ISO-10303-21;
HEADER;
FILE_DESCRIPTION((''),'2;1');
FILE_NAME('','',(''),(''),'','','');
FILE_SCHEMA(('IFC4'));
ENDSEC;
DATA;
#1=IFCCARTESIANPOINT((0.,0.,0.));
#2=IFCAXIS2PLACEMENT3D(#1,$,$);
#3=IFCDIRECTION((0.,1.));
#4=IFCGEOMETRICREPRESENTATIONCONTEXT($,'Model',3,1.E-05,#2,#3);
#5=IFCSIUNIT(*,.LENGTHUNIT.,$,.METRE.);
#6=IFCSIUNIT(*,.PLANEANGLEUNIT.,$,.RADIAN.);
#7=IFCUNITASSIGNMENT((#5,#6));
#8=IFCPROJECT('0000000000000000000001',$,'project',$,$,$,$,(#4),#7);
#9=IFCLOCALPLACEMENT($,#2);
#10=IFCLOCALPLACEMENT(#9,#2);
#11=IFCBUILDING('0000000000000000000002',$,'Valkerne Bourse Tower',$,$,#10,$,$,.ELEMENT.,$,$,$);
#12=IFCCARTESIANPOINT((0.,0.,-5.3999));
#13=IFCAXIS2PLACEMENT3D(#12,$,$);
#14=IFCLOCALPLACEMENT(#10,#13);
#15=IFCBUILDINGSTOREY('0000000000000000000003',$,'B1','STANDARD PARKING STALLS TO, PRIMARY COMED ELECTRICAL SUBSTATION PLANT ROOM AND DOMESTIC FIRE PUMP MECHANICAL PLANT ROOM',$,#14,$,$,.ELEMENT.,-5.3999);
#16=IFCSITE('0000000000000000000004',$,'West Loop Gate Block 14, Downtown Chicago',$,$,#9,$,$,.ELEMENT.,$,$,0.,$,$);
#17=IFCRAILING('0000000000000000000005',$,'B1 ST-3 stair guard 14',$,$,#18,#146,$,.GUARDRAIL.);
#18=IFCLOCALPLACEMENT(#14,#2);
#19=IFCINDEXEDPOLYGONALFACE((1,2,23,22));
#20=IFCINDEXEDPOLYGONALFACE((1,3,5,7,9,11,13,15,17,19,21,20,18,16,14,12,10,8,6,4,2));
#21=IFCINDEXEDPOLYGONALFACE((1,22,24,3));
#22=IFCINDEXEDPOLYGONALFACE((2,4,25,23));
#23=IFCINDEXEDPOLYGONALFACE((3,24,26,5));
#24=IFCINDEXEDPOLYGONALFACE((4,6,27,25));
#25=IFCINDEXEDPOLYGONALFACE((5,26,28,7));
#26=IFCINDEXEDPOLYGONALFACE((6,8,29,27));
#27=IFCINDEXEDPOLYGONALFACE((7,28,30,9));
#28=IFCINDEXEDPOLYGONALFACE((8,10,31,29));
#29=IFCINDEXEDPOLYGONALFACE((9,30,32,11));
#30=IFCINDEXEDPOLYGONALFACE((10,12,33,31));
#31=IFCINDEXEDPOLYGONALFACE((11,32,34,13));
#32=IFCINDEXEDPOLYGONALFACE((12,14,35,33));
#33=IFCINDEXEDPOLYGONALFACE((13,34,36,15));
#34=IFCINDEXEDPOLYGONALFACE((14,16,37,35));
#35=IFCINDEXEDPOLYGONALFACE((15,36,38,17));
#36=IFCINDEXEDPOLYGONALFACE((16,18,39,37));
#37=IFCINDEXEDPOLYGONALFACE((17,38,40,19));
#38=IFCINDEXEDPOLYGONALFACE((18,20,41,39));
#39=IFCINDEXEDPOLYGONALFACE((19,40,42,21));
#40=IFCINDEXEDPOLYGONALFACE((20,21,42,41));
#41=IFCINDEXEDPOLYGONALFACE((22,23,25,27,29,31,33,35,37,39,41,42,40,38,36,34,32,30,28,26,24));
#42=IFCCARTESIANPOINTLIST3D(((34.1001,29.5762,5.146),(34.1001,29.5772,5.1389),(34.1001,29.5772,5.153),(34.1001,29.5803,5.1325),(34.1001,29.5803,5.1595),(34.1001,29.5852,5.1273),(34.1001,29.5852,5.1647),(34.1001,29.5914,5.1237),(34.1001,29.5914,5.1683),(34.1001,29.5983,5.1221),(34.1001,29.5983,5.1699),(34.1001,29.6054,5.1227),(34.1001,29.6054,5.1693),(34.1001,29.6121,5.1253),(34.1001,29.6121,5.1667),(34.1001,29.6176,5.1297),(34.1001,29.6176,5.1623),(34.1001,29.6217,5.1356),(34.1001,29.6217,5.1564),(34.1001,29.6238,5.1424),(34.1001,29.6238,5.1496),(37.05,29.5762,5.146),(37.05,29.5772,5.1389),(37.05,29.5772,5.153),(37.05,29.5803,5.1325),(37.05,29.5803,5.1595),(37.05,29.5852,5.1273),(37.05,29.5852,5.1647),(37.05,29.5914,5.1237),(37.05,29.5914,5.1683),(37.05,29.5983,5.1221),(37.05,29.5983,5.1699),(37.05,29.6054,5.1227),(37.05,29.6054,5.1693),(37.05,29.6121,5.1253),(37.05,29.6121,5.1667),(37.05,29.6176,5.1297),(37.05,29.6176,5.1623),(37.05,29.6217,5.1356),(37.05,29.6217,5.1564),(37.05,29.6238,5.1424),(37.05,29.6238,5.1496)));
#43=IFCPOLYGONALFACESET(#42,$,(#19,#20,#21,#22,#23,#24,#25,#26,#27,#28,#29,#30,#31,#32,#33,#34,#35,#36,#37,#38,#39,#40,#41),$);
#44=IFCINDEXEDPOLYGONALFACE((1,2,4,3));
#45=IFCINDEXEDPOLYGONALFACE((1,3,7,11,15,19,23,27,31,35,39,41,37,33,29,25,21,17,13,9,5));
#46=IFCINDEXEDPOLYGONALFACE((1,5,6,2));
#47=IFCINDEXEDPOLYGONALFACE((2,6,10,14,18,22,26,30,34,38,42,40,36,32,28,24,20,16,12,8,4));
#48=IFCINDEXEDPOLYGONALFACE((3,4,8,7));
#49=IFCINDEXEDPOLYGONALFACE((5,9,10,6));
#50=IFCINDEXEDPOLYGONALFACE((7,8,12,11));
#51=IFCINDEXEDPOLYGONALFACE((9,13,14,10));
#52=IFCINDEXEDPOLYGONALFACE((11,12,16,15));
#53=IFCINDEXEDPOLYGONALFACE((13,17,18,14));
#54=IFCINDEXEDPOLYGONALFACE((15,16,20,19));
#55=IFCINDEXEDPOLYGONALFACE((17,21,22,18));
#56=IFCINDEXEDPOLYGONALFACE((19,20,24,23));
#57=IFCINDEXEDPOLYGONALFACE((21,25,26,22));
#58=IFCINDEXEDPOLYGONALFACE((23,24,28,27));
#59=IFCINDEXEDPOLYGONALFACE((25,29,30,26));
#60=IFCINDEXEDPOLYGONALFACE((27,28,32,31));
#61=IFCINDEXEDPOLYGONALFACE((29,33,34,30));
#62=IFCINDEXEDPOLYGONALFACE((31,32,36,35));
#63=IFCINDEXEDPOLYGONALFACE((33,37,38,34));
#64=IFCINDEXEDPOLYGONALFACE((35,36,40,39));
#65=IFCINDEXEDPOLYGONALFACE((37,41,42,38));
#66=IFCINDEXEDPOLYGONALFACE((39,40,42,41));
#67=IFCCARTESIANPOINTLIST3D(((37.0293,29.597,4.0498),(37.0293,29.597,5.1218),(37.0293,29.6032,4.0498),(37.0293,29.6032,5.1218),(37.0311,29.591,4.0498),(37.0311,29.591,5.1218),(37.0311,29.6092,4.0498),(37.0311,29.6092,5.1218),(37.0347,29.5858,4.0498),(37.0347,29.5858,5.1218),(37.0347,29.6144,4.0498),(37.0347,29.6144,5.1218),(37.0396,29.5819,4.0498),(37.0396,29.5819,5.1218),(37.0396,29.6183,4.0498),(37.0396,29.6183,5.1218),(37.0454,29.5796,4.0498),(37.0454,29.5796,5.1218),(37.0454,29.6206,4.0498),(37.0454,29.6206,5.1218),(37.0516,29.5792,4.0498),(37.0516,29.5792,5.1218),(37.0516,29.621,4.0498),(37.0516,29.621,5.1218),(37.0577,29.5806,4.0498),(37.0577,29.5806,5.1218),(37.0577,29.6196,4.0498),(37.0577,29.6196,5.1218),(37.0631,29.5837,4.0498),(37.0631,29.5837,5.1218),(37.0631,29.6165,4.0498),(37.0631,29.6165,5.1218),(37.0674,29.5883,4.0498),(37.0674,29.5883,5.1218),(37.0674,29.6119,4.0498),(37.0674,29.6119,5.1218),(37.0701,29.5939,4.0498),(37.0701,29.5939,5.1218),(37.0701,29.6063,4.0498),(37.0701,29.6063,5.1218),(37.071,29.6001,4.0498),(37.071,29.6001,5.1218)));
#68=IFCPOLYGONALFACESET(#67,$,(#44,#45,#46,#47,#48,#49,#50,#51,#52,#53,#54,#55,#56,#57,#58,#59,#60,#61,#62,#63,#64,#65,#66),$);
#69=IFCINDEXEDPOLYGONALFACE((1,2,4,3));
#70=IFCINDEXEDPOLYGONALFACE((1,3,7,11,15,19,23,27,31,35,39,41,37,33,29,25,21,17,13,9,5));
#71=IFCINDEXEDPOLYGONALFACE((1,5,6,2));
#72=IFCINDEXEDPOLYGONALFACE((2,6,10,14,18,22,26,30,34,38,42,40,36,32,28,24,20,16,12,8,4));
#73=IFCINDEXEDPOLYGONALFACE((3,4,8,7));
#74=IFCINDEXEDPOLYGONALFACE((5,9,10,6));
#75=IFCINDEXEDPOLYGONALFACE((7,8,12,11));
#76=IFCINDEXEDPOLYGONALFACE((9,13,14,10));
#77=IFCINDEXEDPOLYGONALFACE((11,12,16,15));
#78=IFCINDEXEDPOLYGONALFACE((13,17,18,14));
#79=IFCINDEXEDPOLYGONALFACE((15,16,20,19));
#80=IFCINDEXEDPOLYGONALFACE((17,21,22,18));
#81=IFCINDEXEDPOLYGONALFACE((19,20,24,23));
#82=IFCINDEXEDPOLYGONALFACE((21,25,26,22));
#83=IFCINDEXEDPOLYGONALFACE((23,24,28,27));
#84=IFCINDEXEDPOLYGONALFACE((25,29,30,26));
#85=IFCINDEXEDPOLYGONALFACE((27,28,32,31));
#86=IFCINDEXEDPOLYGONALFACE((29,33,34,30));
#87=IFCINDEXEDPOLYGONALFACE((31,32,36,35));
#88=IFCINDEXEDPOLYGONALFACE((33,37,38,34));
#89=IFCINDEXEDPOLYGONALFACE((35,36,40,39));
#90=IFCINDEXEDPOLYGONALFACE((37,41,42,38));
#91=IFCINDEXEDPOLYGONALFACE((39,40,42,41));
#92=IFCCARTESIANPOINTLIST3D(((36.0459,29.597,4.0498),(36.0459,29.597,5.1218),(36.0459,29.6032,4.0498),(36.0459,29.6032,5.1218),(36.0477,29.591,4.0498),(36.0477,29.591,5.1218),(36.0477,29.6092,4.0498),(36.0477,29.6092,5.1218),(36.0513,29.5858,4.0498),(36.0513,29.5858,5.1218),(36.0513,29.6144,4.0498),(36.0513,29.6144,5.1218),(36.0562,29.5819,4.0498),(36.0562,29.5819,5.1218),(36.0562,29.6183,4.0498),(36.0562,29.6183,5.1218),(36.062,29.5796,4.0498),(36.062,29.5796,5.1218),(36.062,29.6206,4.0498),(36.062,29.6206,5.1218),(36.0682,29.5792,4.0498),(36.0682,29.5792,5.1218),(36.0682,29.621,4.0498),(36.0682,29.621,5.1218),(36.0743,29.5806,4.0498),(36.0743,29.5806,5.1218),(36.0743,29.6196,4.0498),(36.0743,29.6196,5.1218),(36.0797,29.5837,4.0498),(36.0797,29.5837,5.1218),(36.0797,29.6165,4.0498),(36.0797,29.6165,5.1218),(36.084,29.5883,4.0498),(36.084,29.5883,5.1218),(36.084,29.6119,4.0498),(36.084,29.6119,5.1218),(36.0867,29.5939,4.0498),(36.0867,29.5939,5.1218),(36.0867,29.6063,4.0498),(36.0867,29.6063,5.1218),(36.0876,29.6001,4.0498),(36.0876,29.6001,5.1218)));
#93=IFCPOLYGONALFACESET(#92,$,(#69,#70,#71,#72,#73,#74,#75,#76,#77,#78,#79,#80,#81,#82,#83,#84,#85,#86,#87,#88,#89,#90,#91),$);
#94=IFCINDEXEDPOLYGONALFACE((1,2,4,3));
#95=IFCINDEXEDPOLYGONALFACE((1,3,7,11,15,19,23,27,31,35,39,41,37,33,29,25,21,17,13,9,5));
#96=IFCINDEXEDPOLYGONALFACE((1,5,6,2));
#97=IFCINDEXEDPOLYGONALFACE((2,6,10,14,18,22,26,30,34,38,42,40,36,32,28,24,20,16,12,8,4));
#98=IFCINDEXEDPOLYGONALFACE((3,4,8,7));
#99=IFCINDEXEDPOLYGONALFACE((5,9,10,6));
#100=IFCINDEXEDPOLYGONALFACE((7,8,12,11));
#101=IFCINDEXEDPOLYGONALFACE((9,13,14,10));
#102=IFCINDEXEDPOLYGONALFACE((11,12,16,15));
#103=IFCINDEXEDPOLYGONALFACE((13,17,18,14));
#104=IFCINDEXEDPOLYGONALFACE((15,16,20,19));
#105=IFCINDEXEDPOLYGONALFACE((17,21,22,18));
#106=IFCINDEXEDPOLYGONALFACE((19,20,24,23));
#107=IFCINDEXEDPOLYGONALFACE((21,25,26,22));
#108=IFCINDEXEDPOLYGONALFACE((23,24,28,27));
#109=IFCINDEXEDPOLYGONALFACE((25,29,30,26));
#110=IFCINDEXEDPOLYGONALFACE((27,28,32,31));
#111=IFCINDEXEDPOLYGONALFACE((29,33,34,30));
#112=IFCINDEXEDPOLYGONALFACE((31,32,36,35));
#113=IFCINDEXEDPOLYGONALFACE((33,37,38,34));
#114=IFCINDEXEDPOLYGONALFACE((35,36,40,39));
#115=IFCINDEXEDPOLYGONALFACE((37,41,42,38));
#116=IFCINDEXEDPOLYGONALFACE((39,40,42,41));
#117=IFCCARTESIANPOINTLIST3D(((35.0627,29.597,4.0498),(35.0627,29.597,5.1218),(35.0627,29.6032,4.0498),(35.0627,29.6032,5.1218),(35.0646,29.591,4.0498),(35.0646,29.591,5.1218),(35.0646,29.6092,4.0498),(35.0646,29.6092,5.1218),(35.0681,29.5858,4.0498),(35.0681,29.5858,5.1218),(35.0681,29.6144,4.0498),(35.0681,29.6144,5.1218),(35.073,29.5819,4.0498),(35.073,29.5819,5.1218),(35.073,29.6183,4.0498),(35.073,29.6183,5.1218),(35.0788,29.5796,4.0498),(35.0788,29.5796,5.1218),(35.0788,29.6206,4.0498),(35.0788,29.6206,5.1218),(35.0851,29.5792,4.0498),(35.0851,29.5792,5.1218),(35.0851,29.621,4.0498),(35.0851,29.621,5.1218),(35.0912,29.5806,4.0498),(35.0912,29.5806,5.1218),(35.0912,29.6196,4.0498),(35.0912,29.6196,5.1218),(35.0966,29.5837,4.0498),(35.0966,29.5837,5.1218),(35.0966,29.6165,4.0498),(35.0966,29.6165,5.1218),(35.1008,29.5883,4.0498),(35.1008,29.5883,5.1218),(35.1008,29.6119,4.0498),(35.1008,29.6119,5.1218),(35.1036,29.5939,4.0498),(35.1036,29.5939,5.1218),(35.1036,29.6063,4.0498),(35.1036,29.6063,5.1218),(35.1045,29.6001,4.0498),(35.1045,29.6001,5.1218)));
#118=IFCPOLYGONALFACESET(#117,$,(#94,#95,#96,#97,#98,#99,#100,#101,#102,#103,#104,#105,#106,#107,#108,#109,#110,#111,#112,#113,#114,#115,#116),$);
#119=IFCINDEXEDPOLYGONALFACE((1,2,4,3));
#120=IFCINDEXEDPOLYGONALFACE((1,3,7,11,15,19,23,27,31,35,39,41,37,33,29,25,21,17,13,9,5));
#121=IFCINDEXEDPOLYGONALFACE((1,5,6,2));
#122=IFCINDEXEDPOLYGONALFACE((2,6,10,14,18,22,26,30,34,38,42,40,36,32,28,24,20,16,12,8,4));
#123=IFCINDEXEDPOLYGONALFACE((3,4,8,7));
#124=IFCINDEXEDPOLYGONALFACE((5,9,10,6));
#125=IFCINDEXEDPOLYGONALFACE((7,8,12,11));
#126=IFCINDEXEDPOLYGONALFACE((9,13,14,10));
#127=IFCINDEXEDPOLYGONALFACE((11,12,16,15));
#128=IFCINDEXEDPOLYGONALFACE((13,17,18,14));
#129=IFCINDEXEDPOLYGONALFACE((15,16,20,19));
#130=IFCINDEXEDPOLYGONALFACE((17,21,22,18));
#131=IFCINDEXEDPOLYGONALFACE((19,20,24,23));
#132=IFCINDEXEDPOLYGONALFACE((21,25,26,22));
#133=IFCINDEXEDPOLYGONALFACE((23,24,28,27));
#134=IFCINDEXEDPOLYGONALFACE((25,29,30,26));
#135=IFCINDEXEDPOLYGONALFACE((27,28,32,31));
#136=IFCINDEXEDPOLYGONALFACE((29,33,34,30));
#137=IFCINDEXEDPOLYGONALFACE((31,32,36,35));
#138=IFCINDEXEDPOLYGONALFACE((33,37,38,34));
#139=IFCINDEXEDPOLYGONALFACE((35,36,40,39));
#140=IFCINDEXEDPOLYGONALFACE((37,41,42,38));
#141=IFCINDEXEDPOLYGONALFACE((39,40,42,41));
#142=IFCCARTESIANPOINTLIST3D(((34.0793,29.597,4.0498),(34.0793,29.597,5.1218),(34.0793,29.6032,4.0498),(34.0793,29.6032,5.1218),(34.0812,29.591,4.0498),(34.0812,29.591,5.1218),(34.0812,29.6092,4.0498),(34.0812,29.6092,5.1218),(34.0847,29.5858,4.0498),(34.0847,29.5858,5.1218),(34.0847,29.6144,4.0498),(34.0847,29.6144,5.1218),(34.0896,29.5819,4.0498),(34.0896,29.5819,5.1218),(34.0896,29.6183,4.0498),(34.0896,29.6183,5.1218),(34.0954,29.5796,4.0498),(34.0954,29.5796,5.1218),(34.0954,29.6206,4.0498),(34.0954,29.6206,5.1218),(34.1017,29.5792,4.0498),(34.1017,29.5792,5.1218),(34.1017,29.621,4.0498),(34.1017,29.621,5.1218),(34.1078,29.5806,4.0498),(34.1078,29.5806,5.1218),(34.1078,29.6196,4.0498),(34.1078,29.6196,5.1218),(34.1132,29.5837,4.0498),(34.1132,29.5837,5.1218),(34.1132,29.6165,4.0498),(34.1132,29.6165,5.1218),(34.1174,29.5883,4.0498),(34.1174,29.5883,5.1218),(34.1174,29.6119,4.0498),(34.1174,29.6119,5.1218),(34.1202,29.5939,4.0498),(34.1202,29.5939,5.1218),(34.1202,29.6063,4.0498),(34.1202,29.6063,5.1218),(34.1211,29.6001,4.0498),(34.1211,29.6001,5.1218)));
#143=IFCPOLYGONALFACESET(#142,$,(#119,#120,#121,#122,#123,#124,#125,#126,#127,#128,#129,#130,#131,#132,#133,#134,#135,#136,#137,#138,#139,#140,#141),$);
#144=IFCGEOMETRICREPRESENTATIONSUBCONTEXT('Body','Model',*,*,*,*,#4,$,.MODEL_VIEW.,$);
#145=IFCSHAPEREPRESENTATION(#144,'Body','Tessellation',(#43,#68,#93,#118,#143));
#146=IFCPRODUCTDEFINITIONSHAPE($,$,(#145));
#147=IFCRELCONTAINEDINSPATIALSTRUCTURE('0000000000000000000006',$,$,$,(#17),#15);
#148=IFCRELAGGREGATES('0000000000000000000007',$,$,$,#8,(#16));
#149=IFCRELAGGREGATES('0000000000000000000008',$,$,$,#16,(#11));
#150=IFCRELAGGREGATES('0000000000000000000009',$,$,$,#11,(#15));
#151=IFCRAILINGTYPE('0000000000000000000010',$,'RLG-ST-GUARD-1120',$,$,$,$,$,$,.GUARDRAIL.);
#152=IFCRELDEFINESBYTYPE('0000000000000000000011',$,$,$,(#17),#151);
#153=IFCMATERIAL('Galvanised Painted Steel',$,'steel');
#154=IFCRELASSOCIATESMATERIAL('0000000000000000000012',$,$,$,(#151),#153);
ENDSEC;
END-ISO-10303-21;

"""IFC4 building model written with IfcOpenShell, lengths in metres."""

from ifc_helpers import new_model, si_unit, direction, frame, origin, origin_2d, place, context, subcontext, project, spatial, circle, extrude, material, type_object, element, save


model = new_model("IFC4")

# Units and contexts
model_context = context("Model", 3, precision=1e-05, world=origin(), true_north=direction((0.0, 1.0)))
body_context = subcontext(model_context, "Body", "Model", "MODEL_VIEW")
ifc_project = project(units=[si_unit("LENGTHUNIT", "METRE"), si_unit("PLANEANGLEUNIT", "RADIAN")], contexts=[model_context])

# Site, building, storey
site_placement = place(None, origin())
site = spatial("IfcSite", under=ifc_project, at=site_placement, Name="West Loop Gate Block 14, Downtown Chicago", CompositionType="ELEMENT", RefElevation=0.0)
building_placement = place(site_placement, origin())
building = spatial("IfcBuilding", under=site, at=building_placement, Name="Valkerne Bourse Tower", CompositionType="ELEMENT")
storey_placement = place(building_placement, frame((0.0, 0.0, -5.3999)))
storey = spatial("IfcBuildingStorey", under=building, at=storey_placement, Name="B1", Description="STANDARD PARKING STALLS TO, PRIMARY COMED ELECTRICAL SUBSTATION PLANT ROOM AND DOMESTIC FIRE PUMP MECHANICAL PLANT ROOM", CompositionType="ELEMENT", Elevation=-5.3999)

# Shared definitions
ifc_material_1 = material(Name="Galvanised Painted Steel", Category="steel")

# Railing
railing_type = type_object("IfcRailingType", Name="RLG-ST-GUARD-1120", PredefinedType="GUARDRAIL", material=ifc_material_1)
railing_1_placement = place(storey_placement, frame((37.05, 29.6001, 4.0498)))
element("IfcRailing", 1, at=railing_1_placement, inside=storey, type_object=railing_type, Name="B1 ST-3 stair guard 14", PredefinedType="GUARDRAIL", context=body_context, shape_type="SweptSolid", body=[
    extrude(circle(Radius=0.0239, at=origin_2d()), frame((0.0, 0.0, 1.0962), z_axis=(-1.0, 0.0, 0.0), x_axis=(0.0, -1.0, 0.0)), (0.0, 0.0, 1.0), 2.95),
    extrude(circle(Radius=0.021, at=origin_2d()), origin(), (0.0, 0.0, 1.0), 1.072),
    extrude(circle(Radius=0.021, at=origin_2d()), frame((-0.9834, 0.0, 0.0)), (0.0, 0.0, 1.0), 1.072),
    extrude(circle(Radius=0.021, at=origin_2d()), frame((-1.9666, 0.0, 0.0)), (0.0, 0.0, 1.0), 1.072),
    extrude(circle(Radius=0.021, at=origin_2d()), frame((-2.95, 0.0, 0.0)), (0.0, 0.0, 1.0), 1.072),
])

save(model, "model.ifc")
